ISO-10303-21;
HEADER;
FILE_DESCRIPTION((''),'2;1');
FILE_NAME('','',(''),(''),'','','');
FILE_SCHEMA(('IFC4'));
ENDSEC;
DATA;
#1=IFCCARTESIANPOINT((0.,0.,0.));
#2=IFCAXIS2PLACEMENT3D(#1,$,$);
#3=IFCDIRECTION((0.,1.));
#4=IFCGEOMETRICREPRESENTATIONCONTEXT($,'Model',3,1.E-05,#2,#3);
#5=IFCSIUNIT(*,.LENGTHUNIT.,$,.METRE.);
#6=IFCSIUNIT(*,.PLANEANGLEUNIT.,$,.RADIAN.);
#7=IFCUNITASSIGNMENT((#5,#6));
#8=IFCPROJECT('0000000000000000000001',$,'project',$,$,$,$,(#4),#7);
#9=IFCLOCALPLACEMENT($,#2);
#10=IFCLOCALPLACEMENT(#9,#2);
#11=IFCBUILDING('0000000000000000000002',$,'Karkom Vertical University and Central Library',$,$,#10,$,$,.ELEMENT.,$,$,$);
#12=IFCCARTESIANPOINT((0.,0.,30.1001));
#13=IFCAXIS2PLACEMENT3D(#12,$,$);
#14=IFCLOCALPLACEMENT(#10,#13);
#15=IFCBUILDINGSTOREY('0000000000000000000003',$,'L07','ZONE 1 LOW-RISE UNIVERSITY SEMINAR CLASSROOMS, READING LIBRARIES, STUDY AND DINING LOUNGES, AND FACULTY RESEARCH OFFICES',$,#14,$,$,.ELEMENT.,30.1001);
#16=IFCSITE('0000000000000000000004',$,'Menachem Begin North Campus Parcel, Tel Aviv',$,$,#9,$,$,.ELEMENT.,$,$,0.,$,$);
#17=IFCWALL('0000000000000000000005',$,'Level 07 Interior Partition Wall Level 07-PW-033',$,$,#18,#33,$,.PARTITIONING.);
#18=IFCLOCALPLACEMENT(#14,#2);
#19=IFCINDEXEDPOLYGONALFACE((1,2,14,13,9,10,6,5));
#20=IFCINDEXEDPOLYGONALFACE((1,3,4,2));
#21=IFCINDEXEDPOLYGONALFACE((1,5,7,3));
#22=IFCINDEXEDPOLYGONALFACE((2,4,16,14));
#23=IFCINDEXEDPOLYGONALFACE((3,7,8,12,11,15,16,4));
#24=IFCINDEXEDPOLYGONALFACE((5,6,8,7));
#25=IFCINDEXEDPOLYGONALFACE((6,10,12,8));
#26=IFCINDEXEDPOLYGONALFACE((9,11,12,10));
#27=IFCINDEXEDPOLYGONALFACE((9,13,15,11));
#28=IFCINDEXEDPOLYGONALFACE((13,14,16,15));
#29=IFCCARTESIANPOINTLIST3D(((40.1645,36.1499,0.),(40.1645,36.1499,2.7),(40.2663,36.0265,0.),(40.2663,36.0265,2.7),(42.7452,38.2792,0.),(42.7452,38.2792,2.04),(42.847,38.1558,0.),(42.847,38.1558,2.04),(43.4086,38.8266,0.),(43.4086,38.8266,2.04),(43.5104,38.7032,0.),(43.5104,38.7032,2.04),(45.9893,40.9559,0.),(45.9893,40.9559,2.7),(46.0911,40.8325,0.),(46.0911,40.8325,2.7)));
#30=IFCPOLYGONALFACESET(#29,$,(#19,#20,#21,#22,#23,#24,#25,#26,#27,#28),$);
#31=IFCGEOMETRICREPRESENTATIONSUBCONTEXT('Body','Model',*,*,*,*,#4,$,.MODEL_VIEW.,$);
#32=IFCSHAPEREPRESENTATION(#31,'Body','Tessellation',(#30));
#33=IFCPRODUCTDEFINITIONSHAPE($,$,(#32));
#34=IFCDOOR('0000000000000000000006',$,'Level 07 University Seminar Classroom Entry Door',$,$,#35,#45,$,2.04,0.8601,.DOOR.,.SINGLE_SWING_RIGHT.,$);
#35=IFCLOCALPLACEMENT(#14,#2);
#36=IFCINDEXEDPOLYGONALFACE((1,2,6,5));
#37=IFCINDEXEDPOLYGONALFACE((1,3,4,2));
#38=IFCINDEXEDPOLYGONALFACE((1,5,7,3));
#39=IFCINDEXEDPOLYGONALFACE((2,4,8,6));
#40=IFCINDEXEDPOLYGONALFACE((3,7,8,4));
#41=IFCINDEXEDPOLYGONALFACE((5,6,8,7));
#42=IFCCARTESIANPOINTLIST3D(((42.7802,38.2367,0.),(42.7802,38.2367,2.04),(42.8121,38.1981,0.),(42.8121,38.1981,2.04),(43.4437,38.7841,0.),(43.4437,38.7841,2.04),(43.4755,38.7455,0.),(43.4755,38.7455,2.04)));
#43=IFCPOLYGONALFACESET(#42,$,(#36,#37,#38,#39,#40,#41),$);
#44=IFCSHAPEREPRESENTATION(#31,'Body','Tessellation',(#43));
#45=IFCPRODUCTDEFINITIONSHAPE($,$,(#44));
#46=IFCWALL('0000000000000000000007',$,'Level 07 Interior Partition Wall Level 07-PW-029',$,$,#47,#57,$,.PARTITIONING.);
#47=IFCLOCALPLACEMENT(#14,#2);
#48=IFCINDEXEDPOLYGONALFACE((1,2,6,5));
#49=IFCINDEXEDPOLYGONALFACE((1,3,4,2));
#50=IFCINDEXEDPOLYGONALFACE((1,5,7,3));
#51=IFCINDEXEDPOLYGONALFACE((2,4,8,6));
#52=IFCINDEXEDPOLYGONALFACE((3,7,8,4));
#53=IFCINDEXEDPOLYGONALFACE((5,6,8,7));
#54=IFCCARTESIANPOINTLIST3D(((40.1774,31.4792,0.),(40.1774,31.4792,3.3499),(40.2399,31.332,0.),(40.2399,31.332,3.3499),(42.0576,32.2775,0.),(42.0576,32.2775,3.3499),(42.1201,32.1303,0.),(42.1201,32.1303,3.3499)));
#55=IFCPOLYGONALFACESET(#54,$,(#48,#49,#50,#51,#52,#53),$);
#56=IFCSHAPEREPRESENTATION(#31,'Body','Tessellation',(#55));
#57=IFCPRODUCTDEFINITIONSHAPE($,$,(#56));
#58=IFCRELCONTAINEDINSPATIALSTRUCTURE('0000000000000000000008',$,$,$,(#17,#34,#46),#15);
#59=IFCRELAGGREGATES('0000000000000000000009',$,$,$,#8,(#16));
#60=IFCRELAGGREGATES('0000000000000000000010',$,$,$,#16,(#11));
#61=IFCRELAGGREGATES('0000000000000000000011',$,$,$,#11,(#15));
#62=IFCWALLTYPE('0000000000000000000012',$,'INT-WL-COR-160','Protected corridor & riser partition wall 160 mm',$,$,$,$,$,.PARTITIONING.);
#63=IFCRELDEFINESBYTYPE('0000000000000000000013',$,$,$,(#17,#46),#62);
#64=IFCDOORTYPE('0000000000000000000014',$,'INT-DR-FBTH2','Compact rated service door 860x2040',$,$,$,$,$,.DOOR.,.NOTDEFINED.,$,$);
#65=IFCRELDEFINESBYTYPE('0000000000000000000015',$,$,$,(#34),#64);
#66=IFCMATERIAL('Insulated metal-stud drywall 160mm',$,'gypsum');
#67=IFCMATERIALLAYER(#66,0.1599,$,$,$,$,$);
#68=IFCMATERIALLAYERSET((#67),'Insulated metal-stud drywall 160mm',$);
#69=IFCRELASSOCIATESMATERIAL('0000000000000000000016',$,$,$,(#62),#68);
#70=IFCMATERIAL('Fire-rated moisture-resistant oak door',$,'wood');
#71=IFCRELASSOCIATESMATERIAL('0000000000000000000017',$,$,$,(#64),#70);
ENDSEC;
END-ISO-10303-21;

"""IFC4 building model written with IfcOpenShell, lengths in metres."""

from ifc_helpers import new_model, si_unit, direction, frame, frame_2d, origin, origin_with_axes, place, context, subcontext, project, spatial, rectangle, extrude, source, transform, mapped, material, layer, layer_set, type_object, element, fill, save


model = new_model("IFC4")

# Units and contexts
model_context = context("Model", 3, precision=1e-05, world=origin(), true_north=direction((0.0, 1.0)))
body_context = subcontext(model_context, "Body", "Model", "MODEL_VIEW")
ifc_project = project(units=[si_unit("LENGTHUNIT", "METRE"), si_unit("PLANEANGLEUNIT", "RADIAN")], contexts=[model_context])

# Site, building, storey
site_placement = place(None, origin())
site = spatial("IfcSite", under=ifc_project, at=site_placement, Name="Menachem Begin North Campus Parcel, Tel Aviv", CompositionType="ELEMENT", RefElevation=0.0)
building_placement = place(site_placement, origin())
building = spatial("IfcBuilding", under=site, at=building_placement, Name="Karkom Vertical University and Central Library", CompositionType="ELEMENT")
storey_placement = place(building_placement, frame((0.0, 0.0, 30.1001)))
storey = spatial("IfcBuildingStorey", under=building, at=storey_placement, Name="L07", Description="ZONE 1 LOW-RISE UNIVERSITY SEMINAR CLASSROOMS, READING LIBRARIES, STUDY AND DINING LOUNGES, AND FACULTY RESEARCH OFFICES", CompositionType="ELEMENT", Elevation=30.1001)

# Shared definitions
ifc_material_1 = material(Name="Insulated metal-stud drywall 160mm", Category="gypsum")
ifc_layer_1 = layer(ifc_material_1, 0.1599)
ifc_layer_set_1 = layer_set([ifc_layer_1], Name="Insulated metal-stud drywall 160mm")
wall_type_1 = type_object("IfcWallType", Name="INT-WL-COR-160", Description="Protected corridor & riser partition wall 160 mm", PredefinedType="PARTITIONING", material=ifc_layer_set_1)

# Wall, opening, door
ifc_material_2 = material(Name="Fire-rated moisture-resistant oak door", Category="wood")
door_type_1 = type_object("IfcDoorType", Name="INT-DR-FBTH2", Description="Compact rated service door 860x2040", OperationType="NOTDEFINED", PredefinedType="DOOR", material=ifc_material_2)
shared_shape_1 = source(origin_with_axes(), body_context, "Body", "SweptSolid", [
    extrude(rectangle(XDim=0.8601, YDim=2.04, at=frame_2d((0.4302, 1.02))), frame((0.0, 0.0249, 0.0), z_axis=(0.0, -1.0, 0.0), x_axis=(1.0, 0.0, 0.0)), (0.0, 0.0, 1.0), 0.05),
])
wall_1_placement = place(storey_placement, frame((40.2153, 36.0881, 0.0), z_axis=(0.0, 0.0, 1.0), x_axis=(0.771339, 0.636424, 0.0)))
wall_1 = element("IfcWall", 1, at=wall_1_placement, inside=storey, type_object=wall_type_1, Name="Level 07 Interior Partition Wall Level 07-PW-033", PredefinedType="PARTITIONING", context=body_context, shape_type="SweptSolid", body=[
    extrude(rectangle(XDim=7.5515, YDim=0.1599, at=frame_2d((3.7759, 0.0))), origin(), (0.0, 0.0, 1.0), 2.7),
])
opening_1_placement = place(wall_1_placement, frame((3.3457, 0.0, 0.0)))
opening_1 = element("IfcOpeningElement", 2, at=opening_1_placement, cuts=wall_1, PredefinedType="OPENING", context=body_context, shape_type="SweptSolid", body=[
    extrude(rectangle(XDim=0.8601, YDim=2.04, at=frame_2d((0.4302, 1.02))), frame((0.0, 0.0898, 0.0), z_axis=(0.0, -1.0, 0.0), x_axis=(1.0, 0.0, 0.0)), (0.0, 0.0, 1.0), 0.1799),
])
door_1_placement = place(opening_1_placement, origin())
door_1 = element("IfcDoor", 3, at=door_1_placement, inside=storey, type_object=door_type_1, Name="Level 07 University Seminar Classroom Entry Door", OperationType="SINGLE_SWING_RIGHT", OverallHeight=2.04, OverallWidth=0.8601, PredefinedType="DOOR", context=body_context, shape_type="MappedRepresentation", body=[
    mapped(shared_shape_1, transform((0.0, 0.0, 0.0), scale=1.0)),
])
fill(opening_1, door_1)

# Wall
wall_2_placement = place(storey_placement, frame((40.2085, 31.4055, 0.0), z_axis=(0.0, 0.0, 1.0), x_axis=(0.920475, 0.390802, 0.0)))
element("IfcWall", 4, at=wall_2_placement, inside=storey, type_object=wall_type_1, Name="Level 07 Interior Partition Wall Level 07-PW-029", PredefinedType="PARTITIONING", context=body_context, shape_type="SweptSolid", body=[
    extrude(rectangle(XDim=2.0427, YDim=0.1599, at=frame_2d((1.0215, 0.0))), origin(), (0.0, 0.0, 1.0), 3.3499),
])

save(model, "model.ifc")
